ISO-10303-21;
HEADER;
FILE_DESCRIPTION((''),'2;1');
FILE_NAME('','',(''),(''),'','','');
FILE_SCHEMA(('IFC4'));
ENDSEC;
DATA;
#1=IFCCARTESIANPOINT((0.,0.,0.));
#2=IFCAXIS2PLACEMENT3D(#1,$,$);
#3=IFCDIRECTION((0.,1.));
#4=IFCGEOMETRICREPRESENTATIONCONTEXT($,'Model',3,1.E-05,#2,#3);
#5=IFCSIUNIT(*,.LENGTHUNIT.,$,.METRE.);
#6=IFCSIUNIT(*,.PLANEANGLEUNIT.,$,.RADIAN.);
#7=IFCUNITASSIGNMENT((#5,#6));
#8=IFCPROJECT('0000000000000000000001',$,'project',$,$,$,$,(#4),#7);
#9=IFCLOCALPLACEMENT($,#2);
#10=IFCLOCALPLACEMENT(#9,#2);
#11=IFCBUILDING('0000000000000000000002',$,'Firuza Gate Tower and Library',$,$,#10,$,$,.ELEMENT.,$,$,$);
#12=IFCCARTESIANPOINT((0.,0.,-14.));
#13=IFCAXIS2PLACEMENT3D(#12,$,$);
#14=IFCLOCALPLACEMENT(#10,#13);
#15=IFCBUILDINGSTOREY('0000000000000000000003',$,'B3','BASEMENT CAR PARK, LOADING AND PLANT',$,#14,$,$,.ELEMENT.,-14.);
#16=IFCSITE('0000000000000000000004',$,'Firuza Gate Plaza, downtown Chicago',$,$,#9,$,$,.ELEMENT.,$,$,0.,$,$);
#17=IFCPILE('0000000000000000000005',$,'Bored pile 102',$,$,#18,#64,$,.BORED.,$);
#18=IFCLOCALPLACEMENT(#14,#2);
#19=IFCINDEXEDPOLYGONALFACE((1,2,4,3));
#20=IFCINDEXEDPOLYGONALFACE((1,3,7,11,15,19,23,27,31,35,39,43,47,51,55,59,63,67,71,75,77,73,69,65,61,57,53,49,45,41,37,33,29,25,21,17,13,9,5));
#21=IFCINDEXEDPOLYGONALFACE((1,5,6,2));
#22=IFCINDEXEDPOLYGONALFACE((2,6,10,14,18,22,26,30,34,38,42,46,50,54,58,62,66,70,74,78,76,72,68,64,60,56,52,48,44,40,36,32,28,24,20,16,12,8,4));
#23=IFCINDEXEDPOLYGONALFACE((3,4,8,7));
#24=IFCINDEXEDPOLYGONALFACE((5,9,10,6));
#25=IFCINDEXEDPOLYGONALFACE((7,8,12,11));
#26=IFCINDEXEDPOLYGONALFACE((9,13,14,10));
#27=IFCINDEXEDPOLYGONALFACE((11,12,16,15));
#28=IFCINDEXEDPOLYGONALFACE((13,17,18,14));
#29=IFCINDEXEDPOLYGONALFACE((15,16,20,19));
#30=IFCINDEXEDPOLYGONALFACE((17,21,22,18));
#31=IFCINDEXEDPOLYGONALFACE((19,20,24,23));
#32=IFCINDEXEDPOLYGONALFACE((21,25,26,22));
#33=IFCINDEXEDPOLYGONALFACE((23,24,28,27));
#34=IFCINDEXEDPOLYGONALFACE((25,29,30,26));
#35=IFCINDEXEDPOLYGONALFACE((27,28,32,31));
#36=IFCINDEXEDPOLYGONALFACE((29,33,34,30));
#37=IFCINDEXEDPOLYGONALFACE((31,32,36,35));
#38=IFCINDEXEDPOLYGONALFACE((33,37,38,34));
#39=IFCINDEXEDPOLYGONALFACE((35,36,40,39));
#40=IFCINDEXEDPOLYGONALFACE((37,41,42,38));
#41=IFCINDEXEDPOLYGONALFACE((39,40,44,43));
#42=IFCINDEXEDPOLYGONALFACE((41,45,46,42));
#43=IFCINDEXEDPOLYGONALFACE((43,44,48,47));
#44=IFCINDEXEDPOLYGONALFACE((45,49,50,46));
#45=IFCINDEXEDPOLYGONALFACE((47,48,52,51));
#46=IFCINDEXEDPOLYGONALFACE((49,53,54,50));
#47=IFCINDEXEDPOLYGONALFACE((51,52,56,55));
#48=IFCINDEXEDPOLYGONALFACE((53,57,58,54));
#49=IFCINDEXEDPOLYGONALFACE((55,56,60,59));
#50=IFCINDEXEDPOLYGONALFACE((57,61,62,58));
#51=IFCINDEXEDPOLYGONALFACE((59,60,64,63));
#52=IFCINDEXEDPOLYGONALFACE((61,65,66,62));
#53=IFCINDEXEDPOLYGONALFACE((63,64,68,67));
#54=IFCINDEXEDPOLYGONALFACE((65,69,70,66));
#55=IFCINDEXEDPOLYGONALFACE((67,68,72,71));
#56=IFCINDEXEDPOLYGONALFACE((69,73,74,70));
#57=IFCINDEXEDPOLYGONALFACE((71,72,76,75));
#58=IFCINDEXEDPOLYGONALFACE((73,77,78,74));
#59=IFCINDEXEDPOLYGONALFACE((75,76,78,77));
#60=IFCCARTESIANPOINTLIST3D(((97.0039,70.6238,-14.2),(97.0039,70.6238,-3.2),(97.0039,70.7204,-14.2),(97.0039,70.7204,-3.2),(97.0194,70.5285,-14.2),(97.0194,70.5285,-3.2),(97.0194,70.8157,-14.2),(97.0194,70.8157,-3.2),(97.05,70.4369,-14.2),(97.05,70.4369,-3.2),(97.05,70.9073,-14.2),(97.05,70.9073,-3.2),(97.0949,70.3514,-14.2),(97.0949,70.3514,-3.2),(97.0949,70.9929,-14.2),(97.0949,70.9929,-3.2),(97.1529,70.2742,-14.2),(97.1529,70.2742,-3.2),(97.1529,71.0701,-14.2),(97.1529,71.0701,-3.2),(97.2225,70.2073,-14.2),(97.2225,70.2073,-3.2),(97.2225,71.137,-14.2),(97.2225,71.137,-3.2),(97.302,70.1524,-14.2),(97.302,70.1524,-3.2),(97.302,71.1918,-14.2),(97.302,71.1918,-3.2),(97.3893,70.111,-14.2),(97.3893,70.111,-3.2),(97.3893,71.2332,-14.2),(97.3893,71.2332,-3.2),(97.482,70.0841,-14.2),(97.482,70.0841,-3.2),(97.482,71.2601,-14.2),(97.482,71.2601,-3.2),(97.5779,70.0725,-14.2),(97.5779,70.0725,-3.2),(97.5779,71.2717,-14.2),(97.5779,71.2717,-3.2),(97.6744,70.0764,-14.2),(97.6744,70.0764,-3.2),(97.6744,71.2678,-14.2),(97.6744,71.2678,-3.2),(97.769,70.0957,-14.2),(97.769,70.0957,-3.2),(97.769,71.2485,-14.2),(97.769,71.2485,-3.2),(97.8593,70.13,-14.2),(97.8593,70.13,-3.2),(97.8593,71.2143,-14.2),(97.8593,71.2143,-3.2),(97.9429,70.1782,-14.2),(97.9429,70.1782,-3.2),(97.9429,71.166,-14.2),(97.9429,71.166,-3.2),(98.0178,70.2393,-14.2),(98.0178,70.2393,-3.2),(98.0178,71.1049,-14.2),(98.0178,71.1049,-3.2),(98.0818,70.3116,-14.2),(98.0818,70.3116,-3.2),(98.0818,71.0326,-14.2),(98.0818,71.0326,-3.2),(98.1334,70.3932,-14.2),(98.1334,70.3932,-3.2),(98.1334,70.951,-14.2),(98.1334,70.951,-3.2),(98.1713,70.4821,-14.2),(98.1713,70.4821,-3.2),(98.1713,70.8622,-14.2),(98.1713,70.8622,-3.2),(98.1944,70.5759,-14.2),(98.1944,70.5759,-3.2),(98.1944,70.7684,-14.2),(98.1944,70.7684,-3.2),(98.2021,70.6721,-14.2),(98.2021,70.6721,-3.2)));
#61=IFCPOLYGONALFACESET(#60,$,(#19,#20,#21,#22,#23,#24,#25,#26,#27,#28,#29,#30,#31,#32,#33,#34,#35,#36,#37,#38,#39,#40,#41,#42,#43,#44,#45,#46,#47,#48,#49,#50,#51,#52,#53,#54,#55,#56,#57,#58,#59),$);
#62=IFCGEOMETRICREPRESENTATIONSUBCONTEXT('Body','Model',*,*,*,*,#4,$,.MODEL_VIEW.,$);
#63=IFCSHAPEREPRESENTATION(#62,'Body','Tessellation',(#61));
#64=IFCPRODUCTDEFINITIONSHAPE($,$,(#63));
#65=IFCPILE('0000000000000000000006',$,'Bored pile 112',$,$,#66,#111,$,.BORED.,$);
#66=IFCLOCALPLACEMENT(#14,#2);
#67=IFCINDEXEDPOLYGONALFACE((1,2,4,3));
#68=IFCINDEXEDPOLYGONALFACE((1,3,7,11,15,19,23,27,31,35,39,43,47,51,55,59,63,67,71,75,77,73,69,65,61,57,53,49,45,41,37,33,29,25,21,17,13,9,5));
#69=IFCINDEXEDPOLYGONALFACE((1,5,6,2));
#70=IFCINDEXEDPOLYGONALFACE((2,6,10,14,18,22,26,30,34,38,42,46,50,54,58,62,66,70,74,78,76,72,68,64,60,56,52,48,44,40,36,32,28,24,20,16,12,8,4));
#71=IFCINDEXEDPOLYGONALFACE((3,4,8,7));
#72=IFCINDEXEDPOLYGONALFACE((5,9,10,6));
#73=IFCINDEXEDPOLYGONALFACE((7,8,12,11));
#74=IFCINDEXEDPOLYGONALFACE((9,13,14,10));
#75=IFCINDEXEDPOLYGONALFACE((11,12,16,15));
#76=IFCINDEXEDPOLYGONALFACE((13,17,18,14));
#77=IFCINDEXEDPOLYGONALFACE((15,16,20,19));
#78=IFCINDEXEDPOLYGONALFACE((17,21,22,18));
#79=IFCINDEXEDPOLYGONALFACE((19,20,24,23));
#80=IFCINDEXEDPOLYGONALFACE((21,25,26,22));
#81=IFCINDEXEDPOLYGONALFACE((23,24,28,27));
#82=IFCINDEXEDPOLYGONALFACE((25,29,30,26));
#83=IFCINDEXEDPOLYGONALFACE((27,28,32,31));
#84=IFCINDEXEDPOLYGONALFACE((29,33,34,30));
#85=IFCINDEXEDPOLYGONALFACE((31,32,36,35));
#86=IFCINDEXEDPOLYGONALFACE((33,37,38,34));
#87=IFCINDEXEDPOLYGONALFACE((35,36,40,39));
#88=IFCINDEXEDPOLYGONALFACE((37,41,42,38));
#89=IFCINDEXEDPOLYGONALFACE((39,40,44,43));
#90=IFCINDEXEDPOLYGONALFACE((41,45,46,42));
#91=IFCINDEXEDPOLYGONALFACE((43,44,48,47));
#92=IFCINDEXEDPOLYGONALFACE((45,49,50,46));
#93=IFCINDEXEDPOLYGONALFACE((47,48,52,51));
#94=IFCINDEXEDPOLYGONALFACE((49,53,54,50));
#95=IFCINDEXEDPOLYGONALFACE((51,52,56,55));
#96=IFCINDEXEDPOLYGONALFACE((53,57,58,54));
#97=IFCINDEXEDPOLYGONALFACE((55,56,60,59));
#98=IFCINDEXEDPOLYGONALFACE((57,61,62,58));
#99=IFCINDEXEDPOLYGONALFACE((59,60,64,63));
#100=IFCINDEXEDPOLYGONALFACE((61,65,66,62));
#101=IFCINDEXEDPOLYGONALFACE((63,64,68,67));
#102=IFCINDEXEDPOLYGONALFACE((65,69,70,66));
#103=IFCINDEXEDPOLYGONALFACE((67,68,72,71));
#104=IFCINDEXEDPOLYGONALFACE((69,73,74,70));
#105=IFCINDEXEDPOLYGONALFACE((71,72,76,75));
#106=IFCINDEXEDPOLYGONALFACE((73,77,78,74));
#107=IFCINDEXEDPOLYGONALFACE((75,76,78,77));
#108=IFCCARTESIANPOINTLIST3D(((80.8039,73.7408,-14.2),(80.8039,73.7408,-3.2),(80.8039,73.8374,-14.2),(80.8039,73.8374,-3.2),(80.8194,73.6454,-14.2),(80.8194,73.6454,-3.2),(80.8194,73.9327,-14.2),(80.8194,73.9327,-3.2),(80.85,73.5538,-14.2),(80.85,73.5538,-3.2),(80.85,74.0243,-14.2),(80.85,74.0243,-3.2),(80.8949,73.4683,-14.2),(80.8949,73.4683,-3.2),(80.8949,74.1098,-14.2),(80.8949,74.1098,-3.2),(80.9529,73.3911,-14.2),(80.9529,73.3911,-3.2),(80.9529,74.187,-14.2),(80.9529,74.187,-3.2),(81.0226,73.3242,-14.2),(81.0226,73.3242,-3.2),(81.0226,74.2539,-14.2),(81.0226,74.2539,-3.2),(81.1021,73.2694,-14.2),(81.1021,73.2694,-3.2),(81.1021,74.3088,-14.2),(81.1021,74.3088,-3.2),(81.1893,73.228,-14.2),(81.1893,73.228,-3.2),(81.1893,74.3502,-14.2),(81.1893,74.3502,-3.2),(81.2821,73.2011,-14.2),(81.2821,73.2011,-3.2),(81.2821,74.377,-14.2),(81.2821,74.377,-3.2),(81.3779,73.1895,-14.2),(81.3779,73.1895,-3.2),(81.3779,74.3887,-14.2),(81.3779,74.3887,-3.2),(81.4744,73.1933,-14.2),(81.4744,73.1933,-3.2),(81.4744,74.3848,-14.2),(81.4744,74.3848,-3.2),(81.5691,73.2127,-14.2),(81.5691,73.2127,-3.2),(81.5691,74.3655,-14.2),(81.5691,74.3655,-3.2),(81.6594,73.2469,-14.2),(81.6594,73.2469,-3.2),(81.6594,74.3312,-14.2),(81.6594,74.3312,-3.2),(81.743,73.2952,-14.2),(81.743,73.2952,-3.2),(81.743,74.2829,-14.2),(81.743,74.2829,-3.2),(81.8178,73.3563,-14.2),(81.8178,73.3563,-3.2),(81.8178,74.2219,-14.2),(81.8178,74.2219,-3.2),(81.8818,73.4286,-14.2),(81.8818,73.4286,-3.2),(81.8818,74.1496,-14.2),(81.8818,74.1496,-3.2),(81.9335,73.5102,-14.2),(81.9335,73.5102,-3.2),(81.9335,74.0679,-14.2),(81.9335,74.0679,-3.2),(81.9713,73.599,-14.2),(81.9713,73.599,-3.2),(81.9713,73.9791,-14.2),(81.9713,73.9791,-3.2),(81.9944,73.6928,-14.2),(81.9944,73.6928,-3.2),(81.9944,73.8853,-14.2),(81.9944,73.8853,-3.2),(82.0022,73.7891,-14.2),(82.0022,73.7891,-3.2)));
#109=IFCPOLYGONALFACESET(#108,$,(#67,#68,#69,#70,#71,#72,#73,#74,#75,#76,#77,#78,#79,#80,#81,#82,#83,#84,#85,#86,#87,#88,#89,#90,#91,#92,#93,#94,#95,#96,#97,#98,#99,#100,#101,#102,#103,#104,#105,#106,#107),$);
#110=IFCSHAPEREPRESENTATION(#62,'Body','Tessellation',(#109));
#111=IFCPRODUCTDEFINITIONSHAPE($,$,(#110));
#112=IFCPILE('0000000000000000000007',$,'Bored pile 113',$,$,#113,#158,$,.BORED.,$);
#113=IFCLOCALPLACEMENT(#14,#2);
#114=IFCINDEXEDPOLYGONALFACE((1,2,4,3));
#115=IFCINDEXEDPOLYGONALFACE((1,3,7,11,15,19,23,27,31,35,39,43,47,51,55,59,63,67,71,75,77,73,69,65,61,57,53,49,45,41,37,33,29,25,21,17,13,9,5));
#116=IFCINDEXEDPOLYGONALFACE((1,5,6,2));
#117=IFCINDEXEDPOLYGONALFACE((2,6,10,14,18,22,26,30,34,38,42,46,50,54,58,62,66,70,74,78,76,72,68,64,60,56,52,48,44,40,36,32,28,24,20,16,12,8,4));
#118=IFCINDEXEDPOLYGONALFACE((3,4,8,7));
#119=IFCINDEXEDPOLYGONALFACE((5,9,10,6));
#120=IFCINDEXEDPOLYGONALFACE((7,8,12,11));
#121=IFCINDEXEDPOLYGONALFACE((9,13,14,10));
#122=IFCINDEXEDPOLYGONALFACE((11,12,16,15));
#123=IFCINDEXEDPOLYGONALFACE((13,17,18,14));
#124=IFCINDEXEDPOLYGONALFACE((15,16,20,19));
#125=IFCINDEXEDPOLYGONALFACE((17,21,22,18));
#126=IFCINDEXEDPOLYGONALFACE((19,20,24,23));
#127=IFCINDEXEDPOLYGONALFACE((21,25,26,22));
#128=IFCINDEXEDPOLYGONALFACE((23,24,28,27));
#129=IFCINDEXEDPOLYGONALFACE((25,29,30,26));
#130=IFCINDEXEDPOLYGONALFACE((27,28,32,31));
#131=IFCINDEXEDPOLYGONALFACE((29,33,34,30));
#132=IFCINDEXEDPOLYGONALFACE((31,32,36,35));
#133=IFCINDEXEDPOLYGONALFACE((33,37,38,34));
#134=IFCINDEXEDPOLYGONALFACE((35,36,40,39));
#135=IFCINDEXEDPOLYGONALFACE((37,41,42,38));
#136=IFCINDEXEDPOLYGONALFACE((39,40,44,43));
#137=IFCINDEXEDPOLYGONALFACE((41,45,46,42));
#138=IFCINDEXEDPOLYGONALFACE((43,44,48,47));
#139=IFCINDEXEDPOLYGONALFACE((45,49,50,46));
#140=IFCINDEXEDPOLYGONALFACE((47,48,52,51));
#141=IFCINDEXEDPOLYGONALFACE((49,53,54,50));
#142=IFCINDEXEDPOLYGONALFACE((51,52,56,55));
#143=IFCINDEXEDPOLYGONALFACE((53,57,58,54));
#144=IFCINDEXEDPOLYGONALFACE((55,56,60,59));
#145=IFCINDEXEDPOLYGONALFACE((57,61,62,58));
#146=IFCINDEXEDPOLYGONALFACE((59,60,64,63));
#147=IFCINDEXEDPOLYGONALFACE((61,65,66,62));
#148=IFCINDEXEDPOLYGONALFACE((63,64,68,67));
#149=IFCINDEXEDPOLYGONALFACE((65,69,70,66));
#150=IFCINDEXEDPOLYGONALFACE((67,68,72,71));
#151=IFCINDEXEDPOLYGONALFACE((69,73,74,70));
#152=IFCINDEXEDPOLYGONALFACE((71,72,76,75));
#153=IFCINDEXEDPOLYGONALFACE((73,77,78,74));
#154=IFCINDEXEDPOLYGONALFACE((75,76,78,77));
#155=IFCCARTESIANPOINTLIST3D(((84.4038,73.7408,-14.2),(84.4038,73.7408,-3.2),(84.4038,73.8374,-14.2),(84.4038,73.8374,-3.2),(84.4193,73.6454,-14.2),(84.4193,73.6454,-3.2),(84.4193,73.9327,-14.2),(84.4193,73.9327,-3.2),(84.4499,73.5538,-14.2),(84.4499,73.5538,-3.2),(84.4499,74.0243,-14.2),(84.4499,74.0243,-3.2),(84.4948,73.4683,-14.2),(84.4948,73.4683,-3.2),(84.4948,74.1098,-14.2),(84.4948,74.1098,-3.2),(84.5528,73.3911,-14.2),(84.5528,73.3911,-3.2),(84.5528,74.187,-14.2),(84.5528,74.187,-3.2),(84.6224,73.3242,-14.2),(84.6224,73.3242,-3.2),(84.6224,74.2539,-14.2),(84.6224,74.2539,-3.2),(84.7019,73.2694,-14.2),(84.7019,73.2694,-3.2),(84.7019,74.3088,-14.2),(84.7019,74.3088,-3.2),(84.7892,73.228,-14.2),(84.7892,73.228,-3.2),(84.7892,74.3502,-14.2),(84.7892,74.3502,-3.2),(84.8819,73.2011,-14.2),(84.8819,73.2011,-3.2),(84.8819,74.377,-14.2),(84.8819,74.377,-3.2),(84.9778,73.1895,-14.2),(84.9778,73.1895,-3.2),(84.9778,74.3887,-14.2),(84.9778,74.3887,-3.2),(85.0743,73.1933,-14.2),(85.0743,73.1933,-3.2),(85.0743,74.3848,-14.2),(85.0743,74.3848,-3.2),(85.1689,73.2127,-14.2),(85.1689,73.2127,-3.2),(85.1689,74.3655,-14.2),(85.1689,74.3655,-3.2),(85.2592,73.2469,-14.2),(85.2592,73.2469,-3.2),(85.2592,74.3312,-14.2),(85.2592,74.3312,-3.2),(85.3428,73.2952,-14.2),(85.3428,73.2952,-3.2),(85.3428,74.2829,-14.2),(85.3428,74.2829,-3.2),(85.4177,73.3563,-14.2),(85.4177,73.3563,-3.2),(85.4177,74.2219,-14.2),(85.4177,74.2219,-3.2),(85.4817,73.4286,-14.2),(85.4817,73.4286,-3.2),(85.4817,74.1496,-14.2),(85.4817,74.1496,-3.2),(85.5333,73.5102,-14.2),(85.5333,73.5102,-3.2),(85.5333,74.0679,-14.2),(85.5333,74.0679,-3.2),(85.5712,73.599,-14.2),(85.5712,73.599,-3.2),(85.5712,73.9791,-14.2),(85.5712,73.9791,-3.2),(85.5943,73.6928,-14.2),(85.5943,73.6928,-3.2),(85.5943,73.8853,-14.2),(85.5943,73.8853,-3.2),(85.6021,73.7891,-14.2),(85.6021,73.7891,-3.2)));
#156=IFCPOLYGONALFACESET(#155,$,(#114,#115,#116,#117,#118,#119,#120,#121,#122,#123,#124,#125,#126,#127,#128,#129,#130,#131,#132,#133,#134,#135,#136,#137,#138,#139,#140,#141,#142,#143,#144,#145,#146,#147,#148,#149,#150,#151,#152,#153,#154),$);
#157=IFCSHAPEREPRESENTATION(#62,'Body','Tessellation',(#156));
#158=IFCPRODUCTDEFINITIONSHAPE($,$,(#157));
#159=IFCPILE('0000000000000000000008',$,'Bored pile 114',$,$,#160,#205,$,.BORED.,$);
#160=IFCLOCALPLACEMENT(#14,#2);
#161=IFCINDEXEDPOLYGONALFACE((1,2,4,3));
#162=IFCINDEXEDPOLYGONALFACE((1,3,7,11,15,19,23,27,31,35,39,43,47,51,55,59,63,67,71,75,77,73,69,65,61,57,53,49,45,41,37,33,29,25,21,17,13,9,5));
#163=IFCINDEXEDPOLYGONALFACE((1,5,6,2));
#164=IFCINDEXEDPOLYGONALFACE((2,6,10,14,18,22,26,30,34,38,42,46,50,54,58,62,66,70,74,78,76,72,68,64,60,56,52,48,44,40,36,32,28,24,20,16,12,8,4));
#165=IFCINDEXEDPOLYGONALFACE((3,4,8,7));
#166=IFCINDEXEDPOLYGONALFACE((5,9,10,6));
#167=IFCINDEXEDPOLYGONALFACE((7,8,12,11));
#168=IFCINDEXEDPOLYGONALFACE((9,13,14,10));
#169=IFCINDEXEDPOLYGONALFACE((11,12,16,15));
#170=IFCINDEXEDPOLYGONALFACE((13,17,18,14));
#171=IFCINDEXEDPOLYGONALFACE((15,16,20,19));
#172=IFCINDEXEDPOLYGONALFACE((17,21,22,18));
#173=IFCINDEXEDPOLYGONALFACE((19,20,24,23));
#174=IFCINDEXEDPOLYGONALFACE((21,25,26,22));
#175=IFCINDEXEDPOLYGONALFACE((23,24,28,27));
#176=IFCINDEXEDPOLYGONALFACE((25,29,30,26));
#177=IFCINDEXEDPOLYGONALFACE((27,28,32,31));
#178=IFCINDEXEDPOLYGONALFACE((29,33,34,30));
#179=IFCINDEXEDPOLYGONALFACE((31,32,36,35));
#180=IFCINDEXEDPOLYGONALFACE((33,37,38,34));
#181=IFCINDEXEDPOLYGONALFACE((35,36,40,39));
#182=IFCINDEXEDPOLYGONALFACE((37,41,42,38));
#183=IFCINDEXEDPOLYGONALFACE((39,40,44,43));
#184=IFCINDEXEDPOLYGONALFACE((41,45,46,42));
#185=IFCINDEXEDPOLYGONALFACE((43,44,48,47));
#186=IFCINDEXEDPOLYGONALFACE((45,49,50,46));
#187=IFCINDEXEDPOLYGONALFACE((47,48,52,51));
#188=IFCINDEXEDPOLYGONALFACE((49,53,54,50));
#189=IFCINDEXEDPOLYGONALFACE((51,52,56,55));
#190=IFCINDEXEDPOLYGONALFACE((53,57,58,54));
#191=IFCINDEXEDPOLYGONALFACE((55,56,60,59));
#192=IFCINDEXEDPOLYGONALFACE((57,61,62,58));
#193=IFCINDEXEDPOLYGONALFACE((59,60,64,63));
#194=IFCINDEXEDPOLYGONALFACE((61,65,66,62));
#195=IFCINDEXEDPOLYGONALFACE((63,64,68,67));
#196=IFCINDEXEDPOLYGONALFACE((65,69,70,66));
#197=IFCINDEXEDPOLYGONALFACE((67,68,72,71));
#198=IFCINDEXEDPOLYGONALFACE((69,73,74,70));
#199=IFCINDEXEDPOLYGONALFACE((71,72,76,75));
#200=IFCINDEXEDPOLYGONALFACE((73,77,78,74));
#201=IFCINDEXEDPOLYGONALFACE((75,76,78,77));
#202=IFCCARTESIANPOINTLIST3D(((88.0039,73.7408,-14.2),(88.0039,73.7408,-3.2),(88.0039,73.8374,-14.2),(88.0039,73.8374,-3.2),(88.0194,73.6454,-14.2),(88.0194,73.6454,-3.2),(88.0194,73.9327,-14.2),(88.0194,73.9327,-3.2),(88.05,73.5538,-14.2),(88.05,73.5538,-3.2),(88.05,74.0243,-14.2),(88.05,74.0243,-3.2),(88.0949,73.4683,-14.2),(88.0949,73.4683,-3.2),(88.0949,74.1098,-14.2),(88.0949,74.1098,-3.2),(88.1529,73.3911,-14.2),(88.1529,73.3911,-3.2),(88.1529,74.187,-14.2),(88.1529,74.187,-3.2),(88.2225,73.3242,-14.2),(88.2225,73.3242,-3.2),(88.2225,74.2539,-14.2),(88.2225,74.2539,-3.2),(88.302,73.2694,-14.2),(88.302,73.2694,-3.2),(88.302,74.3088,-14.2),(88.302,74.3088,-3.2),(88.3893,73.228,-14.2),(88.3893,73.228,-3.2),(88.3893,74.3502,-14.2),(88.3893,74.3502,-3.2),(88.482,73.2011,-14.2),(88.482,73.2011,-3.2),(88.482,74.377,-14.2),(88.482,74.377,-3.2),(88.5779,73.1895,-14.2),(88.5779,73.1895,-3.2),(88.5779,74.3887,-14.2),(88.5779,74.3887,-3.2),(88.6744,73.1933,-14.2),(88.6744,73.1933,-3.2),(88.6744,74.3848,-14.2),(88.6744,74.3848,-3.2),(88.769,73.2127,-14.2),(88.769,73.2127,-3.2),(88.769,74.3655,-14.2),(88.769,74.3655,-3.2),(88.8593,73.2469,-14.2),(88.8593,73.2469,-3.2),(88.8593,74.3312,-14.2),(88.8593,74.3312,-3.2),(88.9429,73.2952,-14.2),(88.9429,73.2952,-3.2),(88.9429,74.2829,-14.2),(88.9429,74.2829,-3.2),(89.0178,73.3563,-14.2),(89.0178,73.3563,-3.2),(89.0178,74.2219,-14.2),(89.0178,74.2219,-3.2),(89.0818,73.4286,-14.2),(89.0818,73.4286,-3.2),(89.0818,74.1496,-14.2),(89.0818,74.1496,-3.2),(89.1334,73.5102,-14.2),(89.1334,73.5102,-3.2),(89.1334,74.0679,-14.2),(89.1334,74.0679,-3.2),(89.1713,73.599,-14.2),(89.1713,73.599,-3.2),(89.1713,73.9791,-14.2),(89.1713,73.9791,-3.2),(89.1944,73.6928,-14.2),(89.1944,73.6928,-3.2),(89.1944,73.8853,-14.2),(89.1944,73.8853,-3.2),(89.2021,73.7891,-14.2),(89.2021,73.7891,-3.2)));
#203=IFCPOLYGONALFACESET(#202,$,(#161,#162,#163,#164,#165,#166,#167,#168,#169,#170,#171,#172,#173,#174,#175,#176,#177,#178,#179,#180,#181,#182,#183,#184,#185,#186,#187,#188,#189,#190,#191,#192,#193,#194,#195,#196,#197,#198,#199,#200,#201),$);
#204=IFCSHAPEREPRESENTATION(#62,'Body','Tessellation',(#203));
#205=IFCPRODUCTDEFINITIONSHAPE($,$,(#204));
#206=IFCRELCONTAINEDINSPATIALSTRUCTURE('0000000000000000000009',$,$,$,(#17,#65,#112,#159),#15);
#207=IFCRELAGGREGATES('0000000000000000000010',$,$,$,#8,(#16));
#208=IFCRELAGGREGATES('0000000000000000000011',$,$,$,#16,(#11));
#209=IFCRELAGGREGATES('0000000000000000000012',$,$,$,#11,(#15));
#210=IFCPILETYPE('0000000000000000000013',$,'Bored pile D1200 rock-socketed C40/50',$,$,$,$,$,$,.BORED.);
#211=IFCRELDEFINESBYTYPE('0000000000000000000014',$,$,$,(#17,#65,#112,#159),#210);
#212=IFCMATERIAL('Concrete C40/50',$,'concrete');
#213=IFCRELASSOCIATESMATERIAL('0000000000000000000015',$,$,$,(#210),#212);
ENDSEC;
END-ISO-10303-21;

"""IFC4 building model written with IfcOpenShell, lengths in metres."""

from ifc_helpers import new_model, si_unit, direction, frame, origin, origin_2d, place, context, subcontext, project, spatial, circle, extrude, material, material_profile, profile_set, type_object, element, save


model = new_model("IFC4")

# Units and contexts
model_context = context("Model", 3, precision=1e-05, world=origin(), true_north=direction((0.0, 1.0)))
body_context = subcontext(model_context, "Body", "Model", "MODEL_VIEW")
ifc_project = project(units=[si_unit("LENGTHUNIT", "METRE"), si_unit("PLANEANGLEUNIT", "RADIAN")], contexts=[model_context])

# Site, building, storey
site_placement = place(None, origin())
site = spatial("IfcSite", under=ifc_project, at=site_placement, Name="Firuza Gate Plaza, downtown Chicago", CompositionType="ELEMENT", RefElevation=0.0)
building_placement = place(site_placement, origin())
building = spatial("IfcBuilding", under=site, at=building_placement, Name="Firuza Gate Tower and Library", CompositionType="ELEMENT")
storey_placement = place(building_placement, frame((0.0, 0.0, -14.0)))
storey = spatial("IfcBuildingStorey", under=building, at=storey_placement, Name="B3", Description="BASEMENT CAR PARK, LOADING AND PLANT", CompositionType="ELEMENT", Elevation=-14.0)

# Piles
ifc_material_1 = material(Name="Concrete C40/50", Category="concrete")
ifc_material_profile_1 = material_profile(ifc_material_1, circle(Radius=0.6001, at=origin_2d()))
ifc_profile_set_1 = profile_set([ifc_material_profile_1], Name="Concrete C40/50")
pile_type = type_object("IfcPileType", Name="Bored pile D1200 rock-socketed C40/50", PredefinedType="BORED", material=ifc_profile_set_1)
for number, where, z_axis, x_axis, name in (
    (1, (97.6021, 70.6721, -3.2), (0.0, 0.0, -1.0), (1.0, 0.0, 0.0), "Bored pile 102"),
    (2, (81.4021, 73.7891, -3.2), (0.0, 0.0, -1.0), (1.0, 0.0, 0.0), "Bored pile 112"),
    (3, (85.002, 73.7891, -3.2), (0.0, 0.0, -1.0), (1.0, 0.0, 0.0), "Bored pile 113"),
    (4, (88.6021, 73.7891, -3.2), (0.0, 0.0, -1.0), (1.0, 0.0, 0.0), "Bored pile 114"),
):
    element("IfcPile", number, at=place(storey_placement, frame(where, z_axis=z_axis, x_axis=x_axis)), inside=storey, type_object=pile_type, Name=name, PredefinedType="BORED", context=body_context, shape_type="SweptSolid", body=[
        extrude(circle(Radius=0.6001, at=origin_2d()), origin(), (0.0, 0.0, 1.0), 11.0),
    ])

save(model, "model.ifc")
